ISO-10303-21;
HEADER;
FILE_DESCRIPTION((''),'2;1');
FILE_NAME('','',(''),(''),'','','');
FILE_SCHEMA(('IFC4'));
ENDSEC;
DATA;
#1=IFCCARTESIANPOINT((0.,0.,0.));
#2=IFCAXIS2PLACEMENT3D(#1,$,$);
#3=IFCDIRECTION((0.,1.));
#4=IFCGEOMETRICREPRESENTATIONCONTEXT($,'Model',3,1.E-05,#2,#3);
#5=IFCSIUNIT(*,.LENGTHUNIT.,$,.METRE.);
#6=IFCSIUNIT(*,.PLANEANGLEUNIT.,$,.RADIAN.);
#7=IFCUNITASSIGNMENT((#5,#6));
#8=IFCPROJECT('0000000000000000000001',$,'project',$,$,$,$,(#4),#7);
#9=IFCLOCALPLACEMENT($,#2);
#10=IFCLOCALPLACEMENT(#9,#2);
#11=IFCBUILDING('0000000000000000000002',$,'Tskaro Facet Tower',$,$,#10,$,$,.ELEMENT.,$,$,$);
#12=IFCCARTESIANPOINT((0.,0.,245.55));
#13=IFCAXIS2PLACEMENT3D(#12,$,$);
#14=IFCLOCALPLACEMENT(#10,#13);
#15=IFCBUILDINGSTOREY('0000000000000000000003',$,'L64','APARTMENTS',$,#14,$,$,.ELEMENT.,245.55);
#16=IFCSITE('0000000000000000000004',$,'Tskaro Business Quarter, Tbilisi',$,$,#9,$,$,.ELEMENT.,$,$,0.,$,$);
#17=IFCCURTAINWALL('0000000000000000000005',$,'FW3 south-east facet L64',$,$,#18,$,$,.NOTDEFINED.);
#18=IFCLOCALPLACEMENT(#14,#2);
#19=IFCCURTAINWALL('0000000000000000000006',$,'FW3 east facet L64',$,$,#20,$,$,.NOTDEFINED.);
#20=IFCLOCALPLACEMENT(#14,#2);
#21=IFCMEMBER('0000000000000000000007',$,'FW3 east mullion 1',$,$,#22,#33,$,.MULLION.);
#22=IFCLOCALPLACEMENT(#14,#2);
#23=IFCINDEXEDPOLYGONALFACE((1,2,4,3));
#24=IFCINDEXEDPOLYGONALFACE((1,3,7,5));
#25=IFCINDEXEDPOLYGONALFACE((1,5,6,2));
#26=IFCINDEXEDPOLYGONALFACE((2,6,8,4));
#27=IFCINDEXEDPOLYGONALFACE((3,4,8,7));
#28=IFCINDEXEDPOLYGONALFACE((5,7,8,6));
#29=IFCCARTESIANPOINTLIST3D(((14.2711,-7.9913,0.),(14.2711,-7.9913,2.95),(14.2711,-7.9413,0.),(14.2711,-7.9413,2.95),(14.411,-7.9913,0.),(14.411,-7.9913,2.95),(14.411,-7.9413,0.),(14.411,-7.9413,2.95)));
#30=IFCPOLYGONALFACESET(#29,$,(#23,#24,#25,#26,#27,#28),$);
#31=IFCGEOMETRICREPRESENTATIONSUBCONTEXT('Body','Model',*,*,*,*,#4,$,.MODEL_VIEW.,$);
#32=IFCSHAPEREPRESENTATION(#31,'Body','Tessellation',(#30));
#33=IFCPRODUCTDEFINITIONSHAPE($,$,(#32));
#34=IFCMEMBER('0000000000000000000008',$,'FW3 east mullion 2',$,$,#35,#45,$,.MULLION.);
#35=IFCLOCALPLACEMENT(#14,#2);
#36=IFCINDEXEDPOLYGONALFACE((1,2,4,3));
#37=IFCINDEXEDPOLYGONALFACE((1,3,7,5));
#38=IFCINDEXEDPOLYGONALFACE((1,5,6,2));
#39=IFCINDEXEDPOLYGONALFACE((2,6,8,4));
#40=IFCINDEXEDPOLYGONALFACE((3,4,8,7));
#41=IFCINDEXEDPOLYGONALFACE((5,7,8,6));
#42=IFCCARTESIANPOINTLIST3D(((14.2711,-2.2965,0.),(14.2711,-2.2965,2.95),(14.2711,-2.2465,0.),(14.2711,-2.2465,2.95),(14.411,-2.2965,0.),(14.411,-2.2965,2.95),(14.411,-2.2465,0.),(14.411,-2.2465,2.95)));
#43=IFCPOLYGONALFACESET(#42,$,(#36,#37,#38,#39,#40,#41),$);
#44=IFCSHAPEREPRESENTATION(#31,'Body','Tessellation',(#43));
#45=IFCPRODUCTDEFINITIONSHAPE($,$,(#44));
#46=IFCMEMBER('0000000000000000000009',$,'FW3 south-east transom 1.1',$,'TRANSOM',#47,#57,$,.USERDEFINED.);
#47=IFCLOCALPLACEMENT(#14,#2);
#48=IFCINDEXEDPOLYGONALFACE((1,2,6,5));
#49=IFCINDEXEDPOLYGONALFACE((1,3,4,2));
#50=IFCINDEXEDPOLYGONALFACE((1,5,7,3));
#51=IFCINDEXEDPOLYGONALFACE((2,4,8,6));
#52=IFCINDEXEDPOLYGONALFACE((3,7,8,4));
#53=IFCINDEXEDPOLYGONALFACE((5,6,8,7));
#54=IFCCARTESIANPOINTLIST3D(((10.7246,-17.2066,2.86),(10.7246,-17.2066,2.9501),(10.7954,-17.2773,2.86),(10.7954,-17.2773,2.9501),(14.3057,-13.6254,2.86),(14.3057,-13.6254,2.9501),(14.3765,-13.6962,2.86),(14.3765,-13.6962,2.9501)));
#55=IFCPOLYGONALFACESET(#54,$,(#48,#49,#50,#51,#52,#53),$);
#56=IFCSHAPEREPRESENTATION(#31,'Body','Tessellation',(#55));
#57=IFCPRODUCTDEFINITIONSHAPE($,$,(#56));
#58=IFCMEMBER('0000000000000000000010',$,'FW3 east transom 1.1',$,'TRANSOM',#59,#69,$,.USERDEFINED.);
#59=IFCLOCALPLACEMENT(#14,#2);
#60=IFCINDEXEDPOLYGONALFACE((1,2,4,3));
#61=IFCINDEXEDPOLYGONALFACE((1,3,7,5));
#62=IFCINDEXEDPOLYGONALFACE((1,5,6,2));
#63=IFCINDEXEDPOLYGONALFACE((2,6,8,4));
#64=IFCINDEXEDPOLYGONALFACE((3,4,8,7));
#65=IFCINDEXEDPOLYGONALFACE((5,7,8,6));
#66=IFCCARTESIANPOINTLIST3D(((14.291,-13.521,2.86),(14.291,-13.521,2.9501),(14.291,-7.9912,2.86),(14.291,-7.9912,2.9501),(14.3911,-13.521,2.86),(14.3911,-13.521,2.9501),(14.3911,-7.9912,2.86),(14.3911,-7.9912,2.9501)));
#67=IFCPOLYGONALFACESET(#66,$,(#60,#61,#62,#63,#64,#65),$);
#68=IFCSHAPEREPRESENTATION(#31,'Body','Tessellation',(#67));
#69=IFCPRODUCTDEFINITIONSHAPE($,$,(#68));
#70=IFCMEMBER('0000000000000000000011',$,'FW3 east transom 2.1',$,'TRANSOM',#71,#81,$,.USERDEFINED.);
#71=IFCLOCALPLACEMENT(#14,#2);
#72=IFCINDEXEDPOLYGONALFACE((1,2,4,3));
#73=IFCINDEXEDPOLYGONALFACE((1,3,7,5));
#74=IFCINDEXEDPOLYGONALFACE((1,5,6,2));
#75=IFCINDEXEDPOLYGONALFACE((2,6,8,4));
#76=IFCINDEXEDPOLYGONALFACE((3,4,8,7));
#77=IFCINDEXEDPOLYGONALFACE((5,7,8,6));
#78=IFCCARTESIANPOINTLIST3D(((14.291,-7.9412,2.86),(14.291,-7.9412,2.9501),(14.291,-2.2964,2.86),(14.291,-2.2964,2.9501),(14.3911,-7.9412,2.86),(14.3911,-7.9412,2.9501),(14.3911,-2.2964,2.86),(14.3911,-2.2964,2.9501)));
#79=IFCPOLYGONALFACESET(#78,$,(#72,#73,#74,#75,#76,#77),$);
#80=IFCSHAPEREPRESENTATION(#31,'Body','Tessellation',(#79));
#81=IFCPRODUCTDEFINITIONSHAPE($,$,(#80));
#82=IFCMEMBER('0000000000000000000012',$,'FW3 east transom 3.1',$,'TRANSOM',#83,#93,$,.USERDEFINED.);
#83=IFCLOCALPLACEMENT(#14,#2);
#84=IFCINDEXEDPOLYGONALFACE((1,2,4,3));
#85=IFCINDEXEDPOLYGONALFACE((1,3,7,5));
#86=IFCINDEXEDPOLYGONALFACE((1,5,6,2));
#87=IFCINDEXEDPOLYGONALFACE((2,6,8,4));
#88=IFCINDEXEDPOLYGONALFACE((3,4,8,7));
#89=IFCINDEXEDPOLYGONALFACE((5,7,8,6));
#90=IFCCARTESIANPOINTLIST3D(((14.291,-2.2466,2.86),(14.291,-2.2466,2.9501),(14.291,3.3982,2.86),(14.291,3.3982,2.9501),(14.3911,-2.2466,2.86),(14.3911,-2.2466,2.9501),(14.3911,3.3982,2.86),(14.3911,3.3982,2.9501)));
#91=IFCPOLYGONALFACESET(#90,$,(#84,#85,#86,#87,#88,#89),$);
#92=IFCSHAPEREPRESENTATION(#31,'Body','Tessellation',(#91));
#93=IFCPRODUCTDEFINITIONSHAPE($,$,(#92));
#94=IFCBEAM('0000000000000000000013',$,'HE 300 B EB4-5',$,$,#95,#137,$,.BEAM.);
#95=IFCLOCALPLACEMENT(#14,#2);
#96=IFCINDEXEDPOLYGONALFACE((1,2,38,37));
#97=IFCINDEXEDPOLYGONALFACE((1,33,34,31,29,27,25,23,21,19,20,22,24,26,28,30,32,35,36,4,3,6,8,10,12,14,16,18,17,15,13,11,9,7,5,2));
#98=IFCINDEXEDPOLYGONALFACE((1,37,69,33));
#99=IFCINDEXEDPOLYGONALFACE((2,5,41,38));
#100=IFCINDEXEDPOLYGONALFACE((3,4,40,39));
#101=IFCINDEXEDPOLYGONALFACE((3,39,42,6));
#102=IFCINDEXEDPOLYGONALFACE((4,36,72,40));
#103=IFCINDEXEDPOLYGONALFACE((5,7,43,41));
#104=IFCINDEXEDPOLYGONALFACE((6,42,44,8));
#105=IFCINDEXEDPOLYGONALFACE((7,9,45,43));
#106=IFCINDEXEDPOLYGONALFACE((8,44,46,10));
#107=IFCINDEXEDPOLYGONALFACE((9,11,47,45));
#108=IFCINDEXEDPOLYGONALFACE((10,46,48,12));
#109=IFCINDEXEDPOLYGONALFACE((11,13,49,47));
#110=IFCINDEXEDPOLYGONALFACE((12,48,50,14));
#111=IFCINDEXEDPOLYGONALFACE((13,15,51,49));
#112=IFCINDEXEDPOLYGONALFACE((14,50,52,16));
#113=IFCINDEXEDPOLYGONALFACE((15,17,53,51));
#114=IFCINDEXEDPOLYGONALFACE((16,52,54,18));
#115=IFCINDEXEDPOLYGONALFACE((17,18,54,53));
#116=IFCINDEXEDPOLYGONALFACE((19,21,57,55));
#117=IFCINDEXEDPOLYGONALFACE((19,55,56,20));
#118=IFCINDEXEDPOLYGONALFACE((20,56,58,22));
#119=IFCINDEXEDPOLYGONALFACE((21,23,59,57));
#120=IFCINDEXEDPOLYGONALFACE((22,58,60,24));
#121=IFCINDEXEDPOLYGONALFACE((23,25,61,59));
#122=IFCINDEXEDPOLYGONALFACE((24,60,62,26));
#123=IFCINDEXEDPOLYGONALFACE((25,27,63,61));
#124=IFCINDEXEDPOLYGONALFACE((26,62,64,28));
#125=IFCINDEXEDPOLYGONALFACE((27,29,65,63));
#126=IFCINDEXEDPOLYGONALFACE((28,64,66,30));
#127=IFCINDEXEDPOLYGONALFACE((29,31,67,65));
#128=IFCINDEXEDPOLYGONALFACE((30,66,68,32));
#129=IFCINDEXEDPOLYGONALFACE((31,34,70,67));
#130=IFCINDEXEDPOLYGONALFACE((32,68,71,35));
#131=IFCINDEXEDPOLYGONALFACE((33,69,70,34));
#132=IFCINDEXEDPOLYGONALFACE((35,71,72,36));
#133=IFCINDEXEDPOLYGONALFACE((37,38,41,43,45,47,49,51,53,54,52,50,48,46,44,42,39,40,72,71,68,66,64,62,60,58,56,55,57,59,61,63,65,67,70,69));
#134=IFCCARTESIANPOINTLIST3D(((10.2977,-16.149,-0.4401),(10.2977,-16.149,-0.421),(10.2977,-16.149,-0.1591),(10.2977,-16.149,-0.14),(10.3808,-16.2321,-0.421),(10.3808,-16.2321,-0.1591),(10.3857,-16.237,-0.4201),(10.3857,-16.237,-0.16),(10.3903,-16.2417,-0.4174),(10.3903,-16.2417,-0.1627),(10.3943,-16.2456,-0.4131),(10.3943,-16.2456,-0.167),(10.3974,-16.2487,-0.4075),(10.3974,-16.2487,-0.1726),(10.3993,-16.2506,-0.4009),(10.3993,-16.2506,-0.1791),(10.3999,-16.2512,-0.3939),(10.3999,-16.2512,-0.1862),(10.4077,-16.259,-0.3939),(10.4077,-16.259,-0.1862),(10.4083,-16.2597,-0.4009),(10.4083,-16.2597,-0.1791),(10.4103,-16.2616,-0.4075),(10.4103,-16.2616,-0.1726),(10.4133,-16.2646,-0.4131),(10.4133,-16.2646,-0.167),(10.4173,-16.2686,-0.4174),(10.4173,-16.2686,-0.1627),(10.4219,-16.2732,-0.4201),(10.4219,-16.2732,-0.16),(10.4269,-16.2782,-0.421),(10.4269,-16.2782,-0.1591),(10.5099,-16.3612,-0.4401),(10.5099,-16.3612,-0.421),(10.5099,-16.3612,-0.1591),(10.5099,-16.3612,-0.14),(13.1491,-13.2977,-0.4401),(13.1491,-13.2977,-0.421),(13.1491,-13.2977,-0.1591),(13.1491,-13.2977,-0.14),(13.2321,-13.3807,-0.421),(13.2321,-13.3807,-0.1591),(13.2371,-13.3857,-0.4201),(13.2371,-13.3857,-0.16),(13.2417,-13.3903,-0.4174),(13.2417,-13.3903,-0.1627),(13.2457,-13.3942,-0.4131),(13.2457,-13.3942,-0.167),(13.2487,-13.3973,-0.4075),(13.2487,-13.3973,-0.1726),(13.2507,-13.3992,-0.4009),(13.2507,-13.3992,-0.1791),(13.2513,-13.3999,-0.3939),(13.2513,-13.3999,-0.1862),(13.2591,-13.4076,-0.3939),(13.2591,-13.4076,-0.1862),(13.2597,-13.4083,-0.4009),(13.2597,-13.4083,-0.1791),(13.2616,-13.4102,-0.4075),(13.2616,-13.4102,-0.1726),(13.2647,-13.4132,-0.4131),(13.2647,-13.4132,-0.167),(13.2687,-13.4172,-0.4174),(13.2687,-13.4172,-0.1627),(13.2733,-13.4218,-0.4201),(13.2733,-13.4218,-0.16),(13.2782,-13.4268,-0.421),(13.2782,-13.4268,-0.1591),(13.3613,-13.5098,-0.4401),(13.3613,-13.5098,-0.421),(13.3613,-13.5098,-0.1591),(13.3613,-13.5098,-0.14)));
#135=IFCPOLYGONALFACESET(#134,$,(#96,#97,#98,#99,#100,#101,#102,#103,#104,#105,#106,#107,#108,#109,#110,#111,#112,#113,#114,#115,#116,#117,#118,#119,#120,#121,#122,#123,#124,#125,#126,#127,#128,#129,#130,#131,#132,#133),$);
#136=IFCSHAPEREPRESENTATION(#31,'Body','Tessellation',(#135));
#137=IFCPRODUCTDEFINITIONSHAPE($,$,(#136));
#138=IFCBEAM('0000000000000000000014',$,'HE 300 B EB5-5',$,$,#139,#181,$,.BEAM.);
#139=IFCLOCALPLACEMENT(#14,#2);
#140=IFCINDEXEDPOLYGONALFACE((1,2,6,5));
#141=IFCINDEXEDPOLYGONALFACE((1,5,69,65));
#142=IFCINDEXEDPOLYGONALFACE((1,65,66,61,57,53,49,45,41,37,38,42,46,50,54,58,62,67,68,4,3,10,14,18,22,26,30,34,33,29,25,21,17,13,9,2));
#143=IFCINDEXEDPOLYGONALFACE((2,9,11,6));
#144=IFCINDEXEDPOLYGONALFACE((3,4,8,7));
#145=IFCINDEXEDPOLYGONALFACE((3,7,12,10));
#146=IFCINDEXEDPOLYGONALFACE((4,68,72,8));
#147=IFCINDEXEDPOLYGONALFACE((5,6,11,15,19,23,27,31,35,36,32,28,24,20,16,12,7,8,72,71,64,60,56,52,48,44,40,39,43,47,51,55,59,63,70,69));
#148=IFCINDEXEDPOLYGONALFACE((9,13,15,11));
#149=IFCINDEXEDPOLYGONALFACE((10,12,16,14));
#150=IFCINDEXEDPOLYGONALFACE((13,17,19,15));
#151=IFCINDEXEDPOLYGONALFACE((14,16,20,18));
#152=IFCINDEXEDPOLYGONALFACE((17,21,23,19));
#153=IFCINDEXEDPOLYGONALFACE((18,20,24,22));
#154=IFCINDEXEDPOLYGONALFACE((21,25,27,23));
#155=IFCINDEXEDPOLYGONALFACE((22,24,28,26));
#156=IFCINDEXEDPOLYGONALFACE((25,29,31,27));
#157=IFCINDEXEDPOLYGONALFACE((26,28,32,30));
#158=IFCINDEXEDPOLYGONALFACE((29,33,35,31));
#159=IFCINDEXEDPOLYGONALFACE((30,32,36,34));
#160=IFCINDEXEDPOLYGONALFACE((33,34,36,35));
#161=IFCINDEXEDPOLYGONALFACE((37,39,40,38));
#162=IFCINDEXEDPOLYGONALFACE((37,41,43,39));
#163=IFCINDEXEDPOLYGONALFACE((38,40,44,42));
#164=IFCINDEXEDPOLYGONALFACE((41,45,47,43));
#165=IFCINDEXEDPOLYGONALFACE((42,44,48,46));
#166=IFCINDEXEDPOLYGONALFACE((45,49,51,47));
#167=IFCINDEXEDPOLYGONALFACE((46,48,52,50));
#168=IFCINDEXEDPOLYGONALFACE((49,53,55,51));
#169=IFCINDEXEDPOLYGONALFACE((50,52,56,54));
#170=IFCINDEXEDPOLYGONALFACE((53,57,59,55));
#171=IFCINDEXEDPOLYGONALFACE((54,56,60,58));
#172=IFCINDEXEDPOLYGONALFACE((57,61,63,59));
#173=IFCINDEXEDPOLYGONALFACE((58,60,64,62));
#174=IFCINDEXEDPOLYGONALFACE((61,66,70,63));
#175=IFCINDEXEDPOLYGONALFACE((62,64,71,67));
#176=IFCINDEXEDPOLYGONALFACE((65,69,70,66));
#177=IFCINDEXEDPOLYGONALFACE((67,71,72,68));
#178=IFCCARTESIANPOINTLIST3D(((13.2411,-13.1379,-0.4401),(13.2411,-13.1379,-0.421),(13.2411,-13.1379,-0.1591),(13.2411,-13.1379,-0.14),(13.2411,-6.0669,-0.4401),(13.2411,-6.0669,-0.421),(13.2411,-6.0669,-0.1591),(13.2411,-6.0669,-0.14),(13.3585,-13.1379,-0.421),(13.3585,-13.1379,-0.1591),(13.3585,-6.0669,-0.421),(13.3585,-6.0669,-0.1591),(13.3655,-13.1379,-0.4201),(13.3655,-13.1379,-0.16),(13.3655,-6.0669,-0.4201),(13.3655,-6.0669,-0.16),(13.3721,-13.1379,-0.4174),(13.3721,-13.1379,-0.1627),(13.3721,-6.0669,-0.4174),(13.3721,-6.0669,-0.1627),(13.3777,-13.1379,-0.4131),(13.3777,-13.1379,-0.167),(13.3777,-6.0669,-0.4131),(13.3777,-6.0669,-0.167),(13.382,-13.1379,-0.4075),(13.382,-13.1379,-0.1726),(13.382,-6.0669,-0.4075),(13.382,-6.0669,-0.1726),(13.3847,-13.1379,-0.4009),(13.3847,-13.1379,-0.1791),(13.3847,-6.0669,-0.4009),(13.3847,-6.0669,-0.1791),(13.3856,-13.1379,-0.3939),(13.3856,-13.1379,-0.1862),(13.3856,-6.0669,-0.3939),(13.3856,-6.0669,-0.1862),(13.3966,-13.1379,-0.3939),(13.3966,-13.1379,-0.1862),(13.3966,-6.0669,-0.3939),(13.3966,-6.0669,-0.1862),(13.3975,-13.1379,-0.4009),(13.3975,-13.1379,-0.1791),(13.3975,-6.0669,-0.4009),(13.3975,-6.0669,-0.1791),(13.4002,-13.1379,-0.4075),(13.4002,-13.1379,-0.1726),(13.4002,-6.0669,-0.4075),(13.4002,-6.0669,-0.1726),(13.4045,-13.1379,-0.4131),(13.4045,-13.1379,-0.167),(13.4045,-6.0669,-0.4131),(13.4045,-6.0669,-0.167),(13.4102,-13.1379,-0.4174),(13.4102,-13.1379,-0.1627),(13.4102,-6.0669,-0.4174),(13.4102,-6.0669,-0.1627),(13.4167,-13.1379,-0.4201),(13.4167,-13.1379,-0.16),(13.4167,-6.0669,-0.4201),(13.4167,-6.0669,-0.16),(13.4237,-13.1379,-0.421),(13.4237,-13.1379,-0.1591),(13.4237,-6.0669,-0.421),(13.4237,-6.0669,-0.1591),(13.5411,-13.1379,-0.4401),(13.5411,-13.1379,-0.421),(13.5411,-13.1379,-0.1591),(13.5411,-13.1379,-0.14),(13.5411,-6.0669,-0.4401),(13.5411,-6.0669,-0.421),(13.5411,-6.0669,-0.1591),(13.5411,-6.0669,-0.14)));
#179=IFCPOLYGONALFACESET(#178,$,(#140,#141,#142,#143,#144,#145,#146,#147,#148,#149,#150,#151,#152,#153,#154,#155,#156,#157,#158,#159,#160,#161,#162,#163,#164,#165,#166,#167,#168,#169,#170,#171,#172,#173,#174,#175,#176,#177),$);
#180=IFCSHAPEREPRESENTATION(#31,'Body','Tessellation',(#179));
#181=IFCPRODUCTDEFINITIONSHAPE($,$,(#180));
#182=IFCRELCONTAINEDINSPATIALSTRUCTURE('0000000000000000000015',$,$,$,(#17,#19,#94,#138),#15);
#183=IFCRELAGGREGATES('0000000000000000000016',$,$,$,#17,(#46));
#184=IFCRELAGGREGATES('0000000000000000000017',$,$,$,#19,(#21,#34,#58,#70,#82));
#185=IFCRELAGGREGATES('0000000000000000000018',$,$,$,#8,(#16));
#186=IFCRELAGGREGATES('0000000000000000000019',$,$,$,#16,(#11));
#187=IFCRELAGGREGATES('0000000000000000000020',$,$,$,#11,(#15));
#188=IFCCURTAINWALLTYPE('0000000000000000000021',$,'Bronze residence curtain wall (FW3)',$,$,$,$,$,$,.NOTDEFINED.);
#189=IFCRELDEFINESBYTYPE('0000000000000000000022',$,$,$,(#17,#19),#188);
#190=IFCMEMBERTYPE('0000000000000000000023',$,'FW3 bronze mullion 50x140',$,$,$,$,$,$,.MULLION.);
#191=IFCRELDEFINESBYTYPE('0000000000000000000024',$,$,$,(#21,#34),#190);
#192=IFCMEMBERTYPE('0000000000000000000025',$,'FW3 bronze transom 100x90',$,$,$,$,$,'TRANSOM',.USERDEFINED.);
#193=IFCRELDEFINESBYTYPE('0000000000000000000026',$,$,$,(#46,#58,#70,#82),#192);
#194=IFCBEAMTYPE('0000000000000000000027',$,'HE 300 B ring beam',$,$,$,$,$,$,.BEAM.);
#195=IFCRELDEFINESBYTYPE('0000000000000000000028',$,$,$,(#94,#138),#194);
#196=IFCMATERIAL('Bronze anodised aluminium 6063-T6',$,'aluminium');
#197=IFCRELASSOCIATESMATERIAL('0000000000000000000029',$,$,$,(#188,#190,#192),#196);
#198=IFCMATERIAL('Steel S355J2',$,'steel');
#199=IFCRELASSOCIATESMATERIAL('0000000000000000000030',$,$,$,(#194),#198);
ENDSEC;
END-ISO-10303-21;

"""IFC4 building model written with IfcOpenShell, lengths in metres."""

from ifc_helpers import new_model, si_unit, direction, frame, origin, origin_2d, place, context, subcontext, project, spatial, rectangle, i_section, extrude, material, material_profile, profile_set, type_object, element, aggregate, save


model = new_model("IFC4")

# Units and contexts
model_context = context("Model", 3, precision=1e-05, world=origin(), true_north=direction((0.0, 1.0)))
body_context = subcontext(model_context, "Body", "Model", "MODEL_VIEW")
ifc_project = project(units=[si_unit("LENGTHUNIT", "METRE"), si_unit("PLANEANGLEUNIT", "RADIAN")], contexts=[model_context])

# Site, building, storey
site_placement = place(None, origin())
site = spatial("IfcSite", under=ifc_project, at=site_placement, Name="Tskaro Business Quarter, Tbilisi", CompositionType="ELEMENT", RefElevation=0.0)
building_placement = place(site_placement, origin())
building = spatial("IfcBuilding", under=site, at=building_placement, Name="Tskaro Facet Tower", CompositionType="ELEMENT")
storey_placement = place(building_placement, frame((0.0, 0.0, 245.55)))
storey = spatial("IfcBuildingStorey", under=building, at=storey_placement, Name="L64", Description="APARTMENTS", CompositionType="ELEMENT", Elevation=245.55)

# Shared definitions
ifc_material_1 = material(Name="Steel S355J2", Category="steel")

# Curtain wall
ifc_material_2 = material(Name="Bronze anodised aluminium 6063-T6", Category="aluminium")
curtain_wall_type = type_object("IfcCurtainWallType", Name="Bronze residence curtain wall (FW3)", PredefinedType="NOTDEFINED", material=ifc_material_2)
curtain_wall_1_placement = place(storey_placement, origin())
curtain_wall_1 = element("IfcCurtainWall", 1, at=curtain_wall_1_placement, inside=storey, type_object=curtain_wall_type, Name="FW3 south-east facet L64", PredefinedType="NOTDEFINED")

# Curtain wall, members
curtain_wall_2_placement = place(storey_placement, origin())
curtain_wall_2 = element("IfcCurtainWall", 2, at=curtain_wall_2_placement, inside=storey, type_object=curtain_wall_type, Name="FW3 east facet L64", PredefinedType="NOTDEFINED")
ifc_material_profile_1 = material_profile(ifc_material_2, rectangle(XDim=0.05, YDim=0.1399, at=origin_2d()), Name="Mullion 50x140")
ifc_profile_set_1 = profile_set([ifc_material_profile_1], Name="Bronze anodised aluminium 6063-T6")
member_type_1 = type_object("IfcMemberType", Name="FW3 bronze mullion 50x140", PredefinedType="MULLION", material=ifc_profile_set_1)
member_1_placement = place(storey_placement, frame((14.3411, -7.9663, 0.0), z_axis=(0.0, 0.0, 1.0), x_axis=(0.0, 1.0, 0.0)))
member_1 = element("IfcMember", 3, at=member_1_placement, type_object=member_type_1, Name="FW3 east mullion 1", PredefinedType="MULLION", context=body_context, shape_type="SweptSolid", body=[
    extrude(rectangle(XDim=0.05, YDim=0.1399, at=origin_2d()), origin(), (0.0, 0.0, 1.0), 2.95),
])
member_2_placement = place(storey_placement, frame((14.3411, -2.2715, 0.0), z_axis=(0.0, 0.0, 1.0), x_axis=(0.0, 1.0, 0.0)))
member_2 = element("IfcMember", 4, at=member_2_placement, type_object=member_type_1, Name="FW3 east mullion 2", PredefinedType="MULLION", context=body_context, shape_type="SweptSolid", body=[
    extrude(rectangle(XDim=0.05, YDim=0.1399, at=origin_2d()), origin(), (0.0, 0.0, 1.0), 2.95),
])

# Members
ifc_material_profile_2 = material_profile(ifc_material_2, rectangle(XDim=0.1001, YDim=0.0901, at=origin_2d()), Name="Transom 100x90")
ifc_profile_set_2 = profile_set([ifc_material_profile_2], Name="Bronze anodised aluminium 6063-T6")
member_type_2 = type_object("IfcMemberType", Name="FW3 bronze transom 100x90", ElementType="TRANSOM", PredefinedType="USERDEFINED", material=ifc_profile_set_2)
member_3_placement = place(storey_placement, frame((10.76, -17.2419, 2.905), z_axis=(0.707107, 0.707107, 0.0), x_axis=(-0.707107, 0.707107, 0.0)))
member_3 = element("IfcMember", 5, at=member_3_placement, type_object=member_type_2, Name="FW3 south-east transom 1.1", ObjectType="TRANSOM", PredefinedType="USERDEFINED", context=body_context, shape_type="SweptSolid", body=[
    extrude(rectangle(XDim=0.1001, YDim=0.0901, at=origin_2d()), origin(), (0.0, 0.0, 1.0), 5.0645),
])
member_4_placement = place(storey_placement, frame((14.3411, -13.521, 2.905), z_axis=(0.0, 1.0, 0.0), x_axis=(-1.0, 0.0, 0.0)))
member_4 = element("IfcMember", 6, at=member_4_placement, type_object=member_type_2, Name="FW3 east transom 1.1", ObjectType="TRANSOM", PredefinedType="USERDEFINED", context=body_context, shape_type="SweptSolid", body=[
    extrude(rectangle(XDim=0.1001, YDim=0.0901, at=origin_2d()), origin(), (0.0, 0.0, 1.0), 5.5298),
])
member_5_placement = place(storey_placement, frame((14.3411, -7.9412, 2.905), z_axis=(0.0, 1.0, 0.0), x_axis=(-1.0, 0.0, 0.0)))
member_5 = element("IfcMember", 7, at=member_5_placement, type_object=member_type_2, Name="FW3 east transom 2.1", ObjectType="TRANSOM", PredefinedType="USERDEFINED", context=body_context, shape_type="SweptSolid", body=[
    extrude(rectangle(XDim=0.1001, YDim=0.0901, at=origin_2d()), origin(), (0.0, 0.0, 1.0), 5.6448),
])
member_6_placement = place(storey_placement, frame((14.3411, -2.2466, 2.905), z_axis=(0.0, 1.0, 0.0), x_axis=(-1.0, 0.0, 0.0)))
member_6 = element("IfcMember", 8, at=member_6_placement, type_object=member_type_2, Name="FW3 east transom 3.1", ObjectType="TRANSOM", PredefinedType="USERDEFINED", context=body_context, shape_type="SweptSolid", body=[
    extrude(rectangle(XDim=0.1001, YDim=0.0901, at=origin_2d()), origin(), (0.0, 0.0, 1.0), 5.6448),
])

# Beams
ifc_material_profile_3 = material_profile(ifc_material_1, i_section(OverallWidth=0.3, OverallDepth=0.3, WebThickness=0.011, FlangeThickness=0.019, FilletRadius=0.0271, at=origin_2d()), Name="HE 300 B")
ifc_profile_set_3 = profile_set([ifc_material_profile_3], Name="Steel S355J2")
beam_type_1 = type_object("IfcBeamType", Name="HE 300 B ring beam", PredefinedType="BEAM", material=ifc_profile_set_3)
beam_1_placement = place(storey_placement, frame((10.4038, -16.2551, -0.29), z_axis=(0.707107, 0.707107, 0.0), x_axis=(-0.707107, 0.707107, 0.0)))
element("IfcBeam", 9, at=beam_1_placement, inside=storey, type_object=beam_type_1, Name="HE 300 B EB4-5", PredefinedType="BEAM", context=body_context, shape_type="SweptSolid", body=[
    extrude(i_section(OverallWidth=0.3, OverallDepth=0.3, WebThickness=0.011, FlangeThickness=0.019, FilletRadius=0.0271, at=origin_2d()), origin(), (0.0, 0.0, 1.0), 4.0325),
])
beam_2_placement = place(storey_placement, frame((13.3911, -13.1379, -0.29), z_axis=(0.0, 1.0, 0.0), x_axis=(-1.0, 0.0, 0.0)))
element("IfcBeam", 10, at=beam_2_placement, inside=storey, type_object=beam_type_1, Name="HE 300 B EB5-5", PredefinedType="BEAM", context=body_context, shape_type="SweptSolid", body=[
    extrude(i_section(OverallWidth=0.3, OverallDepth=0.3, WebThickness=0.011, FlangeThickness=0.019, FilletRadius=0.0271, at=origin_2d()), origin(), (0.0, 0.0, 1.0), 7.071),
])

aggregate(curtain_wall_1, [member_3])
aggregate(curtain_wall_2, [member_1, member_2, member_4, member_5, member_6])

save(model, "model.ifc")
